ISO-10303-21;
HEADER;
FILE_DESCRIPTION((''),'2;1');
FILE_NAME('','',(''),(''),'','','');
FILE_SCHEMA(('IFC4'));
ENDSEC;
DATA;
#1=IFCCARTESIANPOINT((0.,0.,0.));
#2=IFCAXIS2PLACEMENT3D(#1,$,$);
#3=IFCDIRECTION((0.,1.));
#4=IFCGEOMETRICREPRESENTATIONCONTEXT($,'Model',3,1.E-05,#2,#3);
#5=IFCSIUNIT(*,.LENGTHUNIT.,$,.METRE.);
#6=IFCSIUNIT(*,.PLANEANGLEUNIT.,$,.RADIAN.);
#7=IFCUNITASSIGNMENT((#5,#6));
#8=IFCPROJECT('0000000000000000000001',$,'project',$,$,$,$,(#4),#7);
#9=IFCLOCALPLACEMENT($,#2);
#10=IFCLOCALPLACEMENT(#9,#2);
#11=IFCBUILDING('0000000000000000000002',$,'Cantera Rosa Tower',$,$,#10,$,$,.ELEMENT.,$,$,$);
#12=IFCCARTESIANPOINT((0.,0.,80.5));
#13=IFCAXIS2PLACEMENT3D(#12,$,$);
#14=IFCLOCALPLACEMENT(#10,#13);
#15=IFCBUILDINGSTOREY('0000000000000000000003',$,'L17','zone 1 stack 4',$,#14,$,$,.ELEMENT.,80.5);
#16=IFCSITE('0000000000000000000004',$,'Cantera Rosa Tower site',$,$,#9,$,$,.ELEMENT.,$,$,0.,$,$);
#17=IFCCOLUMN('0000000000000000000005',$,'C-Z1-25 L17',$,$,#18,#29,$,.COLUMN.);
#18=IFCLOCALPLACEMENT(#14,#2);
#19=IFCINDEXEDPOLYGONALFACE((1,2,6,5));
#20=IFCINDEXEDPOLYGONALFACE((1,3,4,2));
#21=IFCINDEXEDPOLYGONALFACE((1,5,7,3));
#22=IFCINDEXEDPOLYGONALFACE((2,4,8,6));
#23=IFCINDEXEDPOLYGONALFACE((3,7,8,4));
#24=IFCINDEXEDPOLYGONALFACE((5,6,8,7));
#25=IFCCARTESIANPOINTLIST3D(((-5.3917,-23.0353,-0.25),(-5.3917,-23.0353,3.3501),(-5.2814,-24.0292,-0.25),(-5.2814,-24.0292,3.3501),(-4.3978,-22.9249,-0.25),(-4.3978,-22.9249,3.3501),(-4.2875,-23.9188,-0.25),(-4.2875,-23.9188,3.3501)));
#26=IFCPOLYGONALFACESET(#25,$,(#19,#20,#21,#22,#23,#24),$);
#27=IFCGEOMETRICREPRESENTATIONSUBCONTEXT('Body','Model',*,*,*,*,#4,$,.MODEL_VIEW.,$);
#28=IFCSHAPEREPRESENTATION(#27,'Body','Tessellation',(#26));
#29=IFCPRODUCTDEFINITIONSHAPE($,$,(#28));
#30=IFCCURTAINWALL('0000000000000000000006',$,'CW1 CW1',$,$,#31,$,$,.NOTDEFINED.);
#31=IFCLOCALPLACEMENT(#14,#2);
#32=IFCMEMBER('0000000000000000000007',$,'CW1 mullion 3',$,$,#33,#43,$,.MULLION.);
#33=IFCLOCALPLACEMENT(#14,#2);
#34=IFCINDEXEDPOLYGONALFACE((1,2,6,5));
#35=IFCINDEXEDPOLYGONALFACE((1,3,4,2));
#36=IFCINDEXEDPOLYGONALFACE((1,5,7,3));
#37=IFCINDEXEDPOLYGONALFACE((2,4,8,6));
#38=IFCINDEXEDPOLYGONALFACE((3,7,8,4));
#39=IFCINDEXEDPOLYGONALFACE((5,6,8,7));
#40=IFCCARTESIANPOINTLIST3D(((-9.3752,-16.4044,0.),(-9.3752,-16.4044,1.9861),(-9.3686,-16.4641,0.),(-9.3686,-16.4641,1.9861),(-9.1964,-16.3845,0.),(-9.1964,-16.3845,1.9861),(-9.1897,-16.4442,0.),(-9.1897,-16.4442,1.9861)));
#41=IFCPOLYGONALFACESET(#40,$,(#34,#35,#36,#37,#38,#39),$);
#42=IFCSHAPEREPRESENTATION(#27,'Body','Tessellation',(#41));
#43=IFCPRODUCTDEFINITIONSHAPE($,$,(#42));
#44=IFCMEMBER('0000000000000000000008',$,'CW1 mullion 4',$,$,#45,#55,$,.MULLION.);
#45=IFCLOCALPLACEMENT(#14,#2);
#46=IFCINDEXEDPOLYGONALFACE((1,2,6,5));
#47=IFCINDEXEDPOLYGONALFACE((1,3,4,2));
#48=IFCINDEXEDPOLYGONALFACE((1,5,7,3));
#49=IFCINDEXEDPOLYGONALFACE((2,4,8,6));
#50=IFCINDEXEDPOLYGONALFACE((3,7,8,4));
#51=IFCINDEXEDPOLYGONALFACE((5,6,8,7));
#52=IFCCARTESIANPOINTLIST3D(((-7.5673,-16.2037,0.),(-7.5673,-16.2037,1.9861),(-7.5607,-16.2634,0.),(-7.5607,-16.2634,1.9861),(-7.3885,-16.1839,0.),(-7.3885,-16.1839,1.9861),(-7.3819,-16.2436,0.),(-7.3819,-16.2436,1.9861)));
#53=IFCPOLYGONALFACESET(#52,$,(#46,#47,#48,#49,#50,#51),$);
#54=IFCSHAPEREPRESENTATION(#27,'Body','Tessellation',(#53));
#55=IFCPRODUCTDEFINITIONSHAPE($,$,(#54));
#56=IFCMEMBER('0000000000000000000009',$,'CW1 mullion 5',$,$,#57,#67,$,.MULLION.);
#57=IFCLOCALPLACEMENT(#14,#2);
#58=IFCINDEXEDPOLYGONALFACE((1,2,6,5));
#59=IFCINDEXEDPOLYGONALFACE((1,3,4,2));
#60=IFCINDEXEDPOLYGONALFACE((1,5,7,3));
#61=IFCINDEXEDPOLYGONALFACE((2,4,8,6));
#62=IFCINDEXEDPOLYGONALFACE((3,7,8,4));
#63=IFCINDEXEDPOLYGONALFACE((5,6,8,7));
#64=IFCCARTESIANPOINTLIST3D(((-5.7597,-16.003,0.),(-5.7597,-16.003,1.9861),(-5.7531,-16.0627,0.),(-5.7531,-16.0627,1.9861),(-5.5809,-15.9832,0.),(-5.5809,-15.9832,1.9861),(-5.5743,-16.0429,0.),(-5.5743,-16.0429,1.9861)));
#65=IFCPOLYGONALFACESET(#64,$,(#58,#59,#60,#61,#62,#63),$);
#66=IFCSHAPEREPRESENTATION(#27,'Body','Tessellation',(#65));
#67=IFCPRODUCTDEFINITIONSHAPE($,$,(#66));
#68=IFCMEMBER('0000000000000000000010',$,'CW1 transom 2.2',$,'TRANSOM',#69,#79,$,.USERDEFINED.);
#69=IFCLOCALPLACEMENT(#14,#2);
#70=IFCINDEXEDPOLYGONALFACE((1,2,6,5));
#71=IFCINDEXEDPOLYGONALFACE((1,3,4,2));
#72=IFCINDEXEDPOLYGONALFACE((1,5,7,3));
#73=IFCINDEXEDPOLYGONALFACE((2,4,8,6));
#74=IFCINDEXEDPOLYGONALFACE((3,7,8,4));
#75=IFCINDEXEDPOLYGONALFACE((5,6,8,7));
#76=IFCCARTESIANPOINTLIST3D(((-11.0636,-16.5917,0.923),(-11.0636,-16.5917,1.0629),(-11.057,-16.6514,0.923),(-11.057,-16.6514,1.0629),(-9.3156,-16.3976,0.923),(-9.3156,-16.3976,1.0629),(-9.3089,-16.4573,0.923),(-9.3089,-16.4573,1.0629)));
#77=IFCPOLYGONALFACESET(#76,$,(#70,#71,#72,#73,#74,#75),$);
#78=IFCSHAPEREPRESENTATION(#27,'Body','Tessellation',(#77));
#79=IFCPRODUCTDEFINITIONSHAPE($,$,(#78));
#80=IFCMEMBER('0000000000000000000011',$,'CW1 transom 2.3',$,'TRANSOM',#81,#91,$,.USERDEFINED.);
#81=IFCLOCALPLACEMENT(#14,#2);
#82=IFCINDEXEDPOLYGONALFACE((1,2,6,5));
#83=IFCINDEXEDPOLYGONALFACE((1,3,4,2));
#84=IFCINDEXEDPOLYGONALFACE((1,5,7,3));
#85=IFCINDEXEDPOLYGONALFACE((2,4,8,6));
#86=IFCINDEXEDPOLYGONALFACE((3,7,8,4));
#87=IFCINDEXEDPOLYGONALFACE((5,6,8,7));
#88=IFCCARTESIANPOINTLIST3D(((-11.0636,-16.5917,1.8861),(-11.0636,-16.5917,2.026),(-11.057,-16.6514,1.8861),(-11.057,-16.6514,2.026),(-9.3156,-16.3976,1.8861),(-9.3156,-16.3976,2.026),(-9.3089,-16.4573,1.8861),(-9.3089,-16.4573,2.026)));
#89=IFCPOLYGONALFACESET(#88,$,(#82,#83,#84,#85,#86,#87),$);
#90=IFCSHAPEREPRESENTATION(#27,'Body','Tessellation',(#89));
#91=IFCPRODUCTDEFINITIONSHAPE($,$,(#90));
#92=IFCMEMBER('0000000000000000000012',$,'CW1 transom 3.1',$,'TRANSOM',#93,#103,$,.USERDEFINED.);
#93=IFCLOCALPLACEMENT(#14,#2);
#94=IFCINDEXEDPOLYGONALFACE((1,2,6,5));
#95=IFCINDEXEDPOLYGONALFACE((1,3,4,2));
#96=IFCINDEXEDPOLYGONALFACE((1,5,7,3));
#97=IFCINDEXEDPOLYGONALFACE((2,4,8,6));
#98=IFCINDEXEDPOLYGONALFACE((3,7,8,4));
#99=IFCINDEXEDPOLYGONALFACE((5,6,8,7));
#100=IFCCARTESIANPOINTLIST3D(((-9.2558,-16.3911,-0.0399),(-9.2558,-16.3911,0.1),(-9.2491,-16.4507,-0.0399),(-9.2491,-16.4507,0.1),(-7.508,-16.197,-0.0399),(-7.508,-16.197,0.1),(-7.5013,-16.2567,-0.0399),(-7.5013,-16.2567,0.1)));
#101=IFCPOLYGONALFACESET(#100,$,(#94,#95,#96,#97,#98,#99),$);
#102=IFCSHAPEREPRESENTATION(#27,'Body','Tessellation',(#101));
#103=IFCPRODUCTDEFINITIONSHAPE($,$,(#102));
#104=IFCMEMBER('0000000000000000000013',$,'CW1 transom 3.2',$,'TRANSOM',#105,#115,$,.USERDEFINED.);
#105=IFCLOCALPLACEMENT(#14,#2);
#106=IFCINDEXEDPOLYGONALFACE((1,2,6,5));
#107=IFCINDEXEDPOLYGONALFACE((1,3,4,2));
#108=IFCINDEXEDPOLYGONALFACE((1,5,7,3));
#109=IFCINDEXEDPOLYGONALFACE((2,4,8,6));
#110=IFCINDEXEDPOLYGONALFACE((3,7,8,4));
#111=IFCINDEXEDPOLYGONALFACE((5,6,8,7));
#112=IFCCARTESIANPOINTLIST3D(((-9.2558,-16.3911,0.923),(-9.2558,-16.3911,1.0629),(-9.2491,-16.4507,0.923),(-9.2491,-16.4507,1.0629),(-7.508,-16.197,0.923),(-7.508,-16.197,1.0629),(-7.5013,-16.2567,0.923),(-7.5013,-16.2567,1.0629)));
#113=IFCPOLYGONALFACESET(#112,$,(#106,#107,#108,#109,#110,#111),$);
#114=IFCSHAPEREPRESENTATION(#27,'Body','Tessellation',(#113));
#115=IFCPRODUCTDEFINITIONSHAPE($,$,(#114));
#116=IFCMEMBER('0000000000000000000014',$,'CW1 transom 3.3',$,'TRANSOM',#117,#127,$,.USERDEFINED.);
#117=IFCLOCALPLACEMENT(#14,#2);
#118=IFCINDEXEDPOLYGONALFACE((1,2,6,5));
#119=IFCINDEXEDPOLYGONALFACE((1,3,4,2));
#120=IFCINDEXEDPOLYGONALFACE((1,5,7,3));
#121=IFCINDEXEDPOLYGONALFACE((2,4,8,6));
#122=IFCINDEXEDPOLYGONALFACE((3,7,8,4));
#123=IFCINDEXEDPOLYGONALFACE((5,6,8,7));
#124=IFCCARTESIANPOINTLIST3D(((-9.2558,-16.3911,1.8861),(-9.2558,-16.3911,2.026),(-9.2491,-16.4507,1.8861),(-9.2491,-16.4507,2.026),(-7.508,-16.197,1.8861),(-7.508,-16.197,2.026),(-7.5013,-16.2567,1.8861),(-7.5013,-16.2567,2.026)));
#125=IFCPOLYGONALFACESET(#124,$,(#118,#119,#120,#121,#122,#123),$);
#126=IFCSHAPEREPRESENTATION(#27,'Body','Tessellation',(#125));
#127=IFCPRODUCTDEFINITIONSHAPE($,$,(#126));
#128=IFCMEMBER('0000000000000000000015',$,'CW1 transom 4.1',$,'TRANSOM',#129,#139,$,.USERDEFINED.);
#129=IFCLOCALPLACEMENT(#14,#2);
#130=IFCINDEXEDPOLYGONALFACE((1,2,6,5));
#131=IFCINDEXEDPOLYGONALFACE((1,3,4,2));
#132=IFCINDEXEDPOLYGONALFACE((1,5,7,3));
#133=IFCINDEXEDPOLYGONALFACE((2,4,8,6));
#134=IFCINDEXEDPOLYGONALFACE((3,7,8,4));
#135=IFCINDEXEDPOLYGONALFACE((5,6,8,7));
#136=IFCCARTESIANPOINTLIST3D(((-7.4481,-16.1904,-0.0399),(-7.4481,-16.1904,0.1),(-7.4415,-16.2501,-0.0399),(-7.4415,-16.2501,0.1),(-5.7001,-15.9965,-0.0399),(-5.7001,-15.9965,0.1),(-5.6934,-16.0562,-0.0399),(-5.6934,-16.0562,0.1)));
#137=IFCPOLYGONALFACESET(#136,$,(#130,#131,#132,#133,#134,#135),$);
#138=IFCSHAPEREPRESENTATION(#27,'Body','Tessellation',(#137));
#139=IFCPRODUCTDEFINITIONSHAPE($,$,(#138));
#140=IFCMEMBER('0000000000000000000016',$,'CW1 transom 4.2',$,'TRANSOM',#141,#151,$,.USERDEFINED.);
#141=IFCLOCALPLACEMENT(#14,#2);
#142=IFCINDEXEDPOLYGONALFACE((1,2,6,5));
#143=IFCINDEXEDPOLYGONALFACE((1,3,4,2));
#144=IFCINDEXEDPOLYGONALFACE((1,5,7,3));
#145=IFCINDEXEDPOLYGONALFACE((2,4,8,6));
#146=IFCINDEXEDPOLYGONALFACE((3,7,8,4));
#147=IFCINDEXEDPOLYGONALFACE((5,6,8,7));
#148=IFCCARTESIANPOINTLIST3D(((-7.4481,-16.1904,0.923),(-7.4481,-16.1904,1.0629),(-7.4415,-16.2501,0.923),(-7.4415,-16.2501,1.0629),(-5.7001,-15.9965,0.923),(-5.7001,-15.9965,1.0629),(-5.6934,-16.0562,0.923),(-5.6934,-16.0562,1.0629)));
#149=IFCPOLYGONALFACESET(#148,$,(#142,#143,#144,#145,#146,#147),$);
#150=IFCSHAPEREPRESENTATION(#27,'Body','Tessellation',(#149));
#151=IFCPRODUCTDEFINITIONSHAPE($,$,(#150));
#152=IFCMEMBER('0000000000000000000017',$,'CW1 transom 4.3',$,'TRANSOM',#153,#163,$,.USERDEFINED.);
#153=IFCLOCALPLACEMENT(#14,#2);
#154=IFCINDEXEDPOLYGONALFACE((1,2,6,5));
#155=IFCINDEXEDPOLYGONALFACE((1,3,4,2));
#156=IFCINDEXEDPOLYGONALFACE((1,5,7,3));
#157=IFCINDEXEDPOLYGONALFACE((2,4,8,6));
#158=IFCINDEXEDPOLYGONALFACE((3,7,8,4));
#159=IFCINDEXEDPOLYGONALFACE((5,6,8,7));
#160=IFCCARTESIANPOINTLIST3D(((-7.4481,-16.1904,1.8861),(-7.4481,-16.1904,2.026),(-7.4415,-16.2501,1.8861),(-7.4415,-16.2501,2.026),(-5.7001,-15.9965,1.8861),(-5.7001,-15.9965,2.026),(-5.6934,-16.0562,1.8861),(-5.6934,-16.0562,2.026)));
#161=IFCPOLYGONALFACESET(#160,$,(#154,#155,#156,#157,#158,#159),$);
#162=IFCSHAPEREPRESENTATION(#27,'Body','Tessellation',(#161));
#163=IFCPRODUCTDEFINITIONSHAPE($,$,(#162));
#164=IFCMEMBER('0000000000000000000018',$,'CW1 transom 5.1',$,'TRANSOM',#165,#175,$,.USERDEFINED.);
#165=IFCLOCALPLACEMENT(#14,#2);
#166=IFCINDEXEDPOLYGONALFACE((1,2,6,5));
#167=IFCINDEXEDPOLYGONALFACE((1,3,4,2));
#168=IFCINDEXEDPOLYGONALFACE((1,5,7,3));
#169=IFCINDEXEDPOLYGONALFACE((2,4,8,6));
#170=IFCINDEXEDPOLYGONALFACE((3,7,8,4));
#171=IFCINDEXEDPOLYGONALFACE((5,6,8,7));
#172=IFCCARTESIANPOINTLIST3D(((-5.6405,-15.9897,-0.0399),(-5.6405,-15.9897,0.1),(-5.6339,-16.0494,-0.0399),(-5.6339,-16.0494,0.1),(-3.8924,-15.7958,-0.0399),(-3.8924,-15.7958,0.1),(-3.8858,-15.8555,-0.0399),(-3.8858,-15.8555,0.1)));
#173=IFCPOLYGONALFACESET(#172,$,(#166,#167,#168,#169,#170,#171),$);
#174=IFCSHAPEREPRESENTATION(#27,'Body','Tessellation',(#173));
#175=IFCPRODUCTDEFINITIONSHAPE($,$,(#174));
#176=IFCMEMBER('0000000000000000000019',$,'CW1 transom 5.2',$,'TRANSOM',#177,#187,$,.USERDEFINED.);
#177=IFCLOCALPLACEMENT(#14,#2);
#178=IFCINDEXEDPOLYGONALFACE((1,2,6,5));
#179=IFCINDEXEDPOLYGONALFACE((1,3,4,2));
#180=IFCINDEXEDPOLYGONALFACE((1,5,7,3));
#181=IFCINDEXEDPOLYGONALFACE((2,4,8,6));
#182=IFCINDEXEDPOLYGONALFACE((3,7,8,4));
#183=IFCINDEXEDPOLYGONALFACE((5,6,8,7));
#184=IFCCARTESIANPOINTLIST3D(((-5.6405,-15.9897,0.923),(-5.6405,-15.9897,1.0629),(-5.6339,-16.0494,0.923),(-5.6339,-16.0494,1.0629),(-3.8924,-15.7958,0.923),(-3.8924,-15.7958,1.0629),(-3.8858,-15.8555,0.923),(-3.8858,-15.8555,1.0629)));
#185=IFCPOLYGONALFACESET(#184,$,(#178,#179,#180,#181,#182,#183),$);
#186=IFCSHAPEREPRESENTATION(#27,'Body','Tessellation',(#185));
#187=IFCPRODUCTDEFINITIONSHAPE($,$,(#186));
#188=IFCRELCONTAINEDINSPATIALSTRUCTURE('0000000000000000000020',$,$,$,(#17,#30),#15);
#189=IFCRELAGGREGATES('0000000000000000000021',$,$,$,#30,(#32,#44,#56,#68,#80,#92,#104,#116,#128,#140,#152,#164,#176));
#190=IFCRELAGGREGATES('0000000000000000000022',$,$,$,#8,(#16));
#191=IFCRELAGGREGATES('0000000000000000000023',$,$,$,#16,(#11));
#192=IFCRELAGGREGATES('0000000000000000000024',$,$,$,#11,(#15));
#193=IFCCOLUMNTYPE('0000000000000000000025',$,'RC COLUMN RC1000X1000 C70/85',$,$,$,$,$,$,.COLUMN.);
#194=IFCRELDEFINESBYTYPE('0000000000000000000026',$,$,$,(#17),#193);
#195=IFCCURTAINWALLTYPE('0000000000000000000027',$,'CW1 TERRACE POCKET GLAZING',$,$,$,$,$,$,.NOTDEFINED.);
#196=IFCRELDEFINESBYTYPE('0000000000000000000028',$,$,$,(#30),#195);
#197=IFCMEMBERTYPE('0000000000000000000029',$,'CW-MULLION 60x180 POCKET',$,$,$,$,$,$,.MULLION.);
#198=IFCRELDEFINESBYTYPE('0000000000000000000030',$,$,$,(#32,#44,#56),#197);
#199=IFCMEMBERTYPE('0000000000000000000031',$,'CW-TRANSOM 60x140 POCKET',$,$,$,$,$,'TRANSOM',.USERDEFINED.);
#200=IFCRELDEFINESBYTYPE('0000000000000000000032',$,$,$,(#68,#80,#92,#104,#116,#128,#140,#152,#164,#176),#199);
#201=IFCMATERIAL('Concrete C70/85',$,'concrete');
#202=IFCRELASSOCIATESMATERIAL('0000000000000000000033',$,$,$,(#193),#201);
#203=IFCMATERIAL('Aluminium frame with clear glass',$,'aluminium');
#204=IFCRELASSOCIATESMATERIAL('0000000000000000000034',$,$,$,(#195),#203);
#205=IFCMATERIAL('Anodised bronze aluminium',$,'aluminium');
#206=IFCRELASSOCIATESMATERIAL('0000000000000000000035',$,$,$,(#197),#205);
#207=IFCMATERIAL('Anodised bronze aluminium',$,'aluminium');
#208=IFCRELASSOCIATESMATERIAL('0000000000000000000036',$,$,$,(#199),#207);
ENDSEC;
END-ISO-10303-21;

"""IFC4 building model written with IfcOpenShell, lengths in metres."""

from ifc_helpers import new_model, si_unit, direction, frame, origin, origin_2d, place, context, subcontext, project, spatial, rectangle, extrude, material, material_profile, profile_set, type_object, element, aggregate, save


model = new_model("IFC4")

# Units and contexts
model_context = context("Model", 3, precision=1e-05, world=origin(), true_north=direction((0.0, 1.0)))
body_context = subcontext(model_context, "Body", "Model", "MODEL_VIEW")
ifc_project = project(units=[si_unit("LENGTHUNIT", "METRE"), si_unit("PLANEANGLEUNIT", "RADIAN")], contexts=[model_context])

# Site, building, storey
site_placement = place(None, origin())
site = spatial("IfcSite", under=ifc_project, at=site_placement, Name="Cantera Rosa Tower site", CompositionType="ELEMENT", RefElevation=0.0)
building_placement = place(site_placement, origin())
building = spatial("IfcBuilding", under=site, at=building_placement, Name="Cantera Rosa Tower", CompositionType="ELEMENT")
storey_placement = place(building_placement, frame((0.0, 0.0, 80.5)))
storey = spatial("IfcBuildingStorey", under=building, at=storey_placement, Name="L17", Description="zone 1 stack 4", CompositionType="ELEMENT", Elevation=80.5)

# Column
ifc_material_1 = material(Name="Concrete C70/85", Category="concrete")
ifc_material_profile_1 = material_profile(ifc_material_1, rectangle(XDim=1.0, YDim=1.0, at=origin_2d()), Name="RC COLUMN RC1000X1000 C70/85")
ifc_profile_set_1 = profile_set([ifc_material_profile_1], Name="Concrete C70/85")
column_type = type_object("IfcColumnType", Name="RC COLUMN RC1000X1000 C70/85", PredefinedType="COLUMN", material=ifc_profile_set_1)
column_placement = place(storey_placement, frame((-4.8396, -23.4771, -0.25), z_axis=(0.0, 0.0, 1.0), x_axis=(0.993897, 0.110313, 0.0)))
element("IfcColumn", 1, at=column_placement, inside=storey, type_object=column_type, Name="C-Z1-25 L17", PredefinedType="COLUMN", context=body_context, shape_type="SweptSolid", body=[
    extrude(rectangle(XDim=1.0, YDim=1.0, at=origin_2d()), origin(), (0.0, 0.0, 1.0), 3.6001),
])

# Curtain wall, members
ifc_material_2 = material(Name="Aluminium frame with clear glass", Category="aluminium")
curtain_wall_type = type_object("IfcCurtainWallType", Name="CW1 TERRACE POCKET GLAZING", PredefinedType="NOTDEFINED", material=ifc_material_2)
curtain_wall_placement = place(storey_placement, origin())
curtain_wall = element("IfcCurtainWall", 2, at=curtain_wall_placement, inside=storey, type_object=curtain_wall_type, Name="CW1 CW1", PredefinedType="NOTDEFINED")
ifc_material_3 = material(Name="Anodised bronze aluminium", Category="aluminium")
ifc_material_profile_2 = material_profile(ifc_material_3, rectangle(XDim=0.0601, YDim=0.1799, at=origin_2d()), Name="CW-MULLION 60x180 POCKET")
ifc_profile_set_2 = profile_set([ifc_material_profile_2], Name="Anodised bronze aluminium")
member_type_1 = type_object("IfcMemberType", Name="CW-MULLION 60x180 POCKET", PredefinedType="MULLION", material=ifc_profile_set_2)
member_1_placement = place(storey_placement, frame((-9.2825, -16.4243, 0.0), z_axis=(0.0, 0.0, 1.0), x_axis=(-0.110313, 0.993897, 0.0)))
member_1 = element("IfcMember", 3, at=member_1_placement, type_object=member_type_1, Name="CW1 mullion 3", PredefinedType="MULLION", context=body_context, shape_type="SweptSolid", body=[
    extrude(rectangle(XDim=0.0601, YDim=0.1799, at=origin_2d()), origin(), (0.0, 0.0, 1.0), 1.9861),
])
member_2_placement = place(storey_placement, frame((-7.4746, -16.2236, 0.0), z_axis=(0.0, 0.0, 1.0), x_axis=(-0.110313, 0.993897, 0.0)))
member_2 = element("IfcMember", 4, at=member_2_placement, type_object=member_type_1, Name="CW1 mullion 4", PredefinedType="MULLION", context=body_context, shape_type="SweptSolid", body=[
    extrude(rectangle(XDim=0.0601, YDim=0.1799, at=origin_2d()), origin(), (0.0, 0.0, 1.0), 1.9861),
])
member_3_placement = place(storey_placement, frame((-5.667, -16.0229, 0.0), z_axis=(0.0, 0.0, 1.0), x_axis=(-0.110313, 0.993897, 0.0)))
member_3 = element("IfcMember", 5, at=member_3_placement, type_object=member_type_1, Name="CW1 mullion 5", PredefinedType="MULLION", context=body_context, shape_type="SweptSolid", body=[
    extrude(rectangle(XDim=0.0601, YDim=0.1799, at=origin_2d()), origin(), (0.0, 0.0, 1.0), 1.9861),
])
ifc_material_4 = material(Name="Anodised bronze aluminium", Category="aluminium")
ifc_material_profile_3 = material_profile(ifc_material_4, rectangle(XDim=0.0601, YDim=0.1399, at=origin_2d()), Name="CW-TRANSOM 60x140 POCKET")
ifc_profile_set_3 = profile_set([ifc_material_profile_3], Name="Anodised bronze aluminium")
member_type_2 = type_object("IfcMemberType", Name="CW-TRANSOM 60x140 POCKET", ElementType="TRANSOM", PredefinedType="USERDEFINED", material=ifc_profile_set_3)
member_4_placement = place(storey_placement, frame((-11.0603, -16.6216, 0.9929), z_axis=(0.993892, 0.110355, 0.0), x_axis=(-0.110355, 0.993892, 0.0)))
member_4 = element("IfcMember", 6, at=member_4_placement, type_object=member_type_2, Name="CW1 transom 2.2", ObjectType="TRANSOM", PredefinedType="USERDEFINED", context=body_context, shape_type="SweptSolid", body=[
    extrude(rectangle(XDim=0.0601, YDim=0.1399, at=origin_2d()), origin(), (0.0, 0.0, 1.0), 1.7588),
])
member_5_placement = place(storey_placement, frame((-11.0603, -16.6216, 1.9561), z_axis=(0.993892, 0.110355, 0.0), x_axis=(-0.110355, 0.993892, 0.0)))
member_5 = element("IfcMember", 7, at=member_5_placement, type_object=member_type_2, Name="CW1 transom 2.3", ObjectType="TRANSOM", PredefinedType="USERDEFINED", context=body_context, shape_type="SweptSolid", body=[
    extrude(rectangle(XDim=0.0601, YDim=0.1399, at=origin_2d()), origin(), (0.0, 0.0, 1.0), 1.7588),
])
member_6_placement = place(storey_placement, frame((-9.2524, -16.4209, 0.03), z_axis=(0.993891, 0.110371, 0.0), x_axis=(-0.110371, 0.993891, 0.0)))
member_6 = element("IfcMember", 8, at=member_6_placement, type_object=member_type_2, Name="CW1 transom 3.1", ObjectType="TRANSOM", PredefinedType="USERDEFINED", context=body_context, shape_type="SweptSolid", body=[
    extrude(rectangle(XDim=0.0601, YDim=0.1399, at=origin_2d()), origin(), (0.0, 0.0, 1.0), 1.7585),
])
member_7_placement = place(storey_placement, frame((-9.2524, -16.4209, 0.9929), z_axis=(0.993891, 0.110371, 0.0), x_axis=(-0.110371, 0.993891, 0.0)))
member_7 = element("IfcMember", 9, at=member_7_placement, type_object=member_type_2, Name="CW1 transom 3.2", ObjectType="TRANSOM", PredefinedType="USERDEFINED", context=body_context, shape_type="SweptSolid", body=[
    extrude(rectangle(XDim=0.0601, YDim=0.1399, at=origin_2d()), origin(), (0.0, 0.0, 1.0), 1.7585),
])
member_8_placement = place(storey_placement, frame((-9.2524, -16.4209, 1.9561), z_axis=(0.993891, 0.110371, 0.0), x_axis=(-0.110371, 0.993891, 0.0)))
member_8 = element("IfcMember", 10, at=member_8_placement, type_object=member_type_2, Name="CW1 transom 3.3", ObjectType="TRANSOM", PredefinedType="USERDEFINED", context=body_context, shape_type="SweptSolid", body=[
    extrude(rectangle(XDim=0.0601, YDim=0.1399, at=origin_2d()), origin(), (0.0, 0.0, 1.0), 1.7585),
])
member_9_placement = place(storey_placement, frame((-7.4448, -16.2202, 0.03), z_axis=(0.993907, 0.110218, 0.0), x_axis=(-0.110218, 0.993907, 0.0)))
member_9 = element("IfcMember", 11, at=member_9_placement, type_object=member_type_2, Name="CW1 transom 4.1", ObjectType="TRANSOM", PredefinedType="USERDEFINED", context=body_context, shape_type="SweptSolid", body=[
    extrude(rectangle(XDim=0.0601, YDim=0.1399, at=origin_2d()), origin(), (0.0, 0.0, 1.0), 1.7588),
])
member_10_placement = place(storey_placement, frame((-7.4448, -16.2202, 0.9929), z_axis=(0.993907, 0.110218, 0.0), x_axis=(-0.110218, 0.993907, 0.0)))
member_10 = element("IfcMember", 12, at=member_10_placement, type_object=member_type_2, Name="CW1 transom 4.2", ObjectType="TRANSOM", PredefinedType="USERDEFINED", context=body_context, shape_type="SweptSolid", body=[
    extrude(rectangle(XDim=0.0601, YDim=0.1399, at=origin_2d()), origin(), (0.0, 0.0, 1.0), 1.7588),
])
member_11_placement = place(storey_placement, frame((-7.4448, -16.2202, 1.9561), z_axis=(0.993907, 0.110218, 0.0), x_axis=(-0.110218, 0.993907, 0.0)))
member_11 = element("IfcMember", 13, at=member_11_placement, type_object=member_type_2, Name="CW1 transom 4.3", ObjectType="TRANSOM", PredefinedType="USERDEFINED", context=body_context, shape_type="SweptSolid", body=[
    extrude(rectangle(XDim=0.0601, YDim=0.1399, at=origin_2d()), origin(), (0.0, 0.0, 1.0), 1.7588),
])
member_12_placement = place(storey_placement, frame((-5.6372, -16.0195, 0.03), z_axis=(0.993907, 0.110218, 0.0), x_axis=(-0.110218, 0.993907, 0.0)))
member_12 = element("IfcMember", 14, at=member_12_placement, type_object=member_type_2, Name="CW1 transom 5.1", ObjectType="TRANSOM", PredefinedType="USERDEFINED", context=body_context, shape_type="SweptSolid", body=[
    extrude(rectangle(XDim=0.0601, YDim=0.1399, at=origin_2d()), origin(), (0.0, 0.0, 1.0), 1.7588),
])
member_13_placement = place(storey_placement, frame((-5.6372, -16.0195, 0.9929), z_axis=(0.993907, 0.110218, 0.0), x_axis=(-0.110218, 0.993907, 0.0)))
member_13 = element("IfcMember", 15, at=member_13_placement, type_object=member_type_2, Name="CW1 transom 5.2", ObjectType="TRANSOM", PredefinedType="USERDEFINED", context=body_context, shape_type="SweptSolid", body=[
    extrude(rectangle(XDim=0.0601, YDim=0.1399, at=origin_2d()), origin(), (0.0, 0.0, 1.0), 1.7588),
])

aggregate(curtain_wall, [member_1, member_2, member_3, member_4, member_5, member_6, member_7, member_8, member_9, member_10, member_11, member_12, member_13])

save(model, "model.ifc")
